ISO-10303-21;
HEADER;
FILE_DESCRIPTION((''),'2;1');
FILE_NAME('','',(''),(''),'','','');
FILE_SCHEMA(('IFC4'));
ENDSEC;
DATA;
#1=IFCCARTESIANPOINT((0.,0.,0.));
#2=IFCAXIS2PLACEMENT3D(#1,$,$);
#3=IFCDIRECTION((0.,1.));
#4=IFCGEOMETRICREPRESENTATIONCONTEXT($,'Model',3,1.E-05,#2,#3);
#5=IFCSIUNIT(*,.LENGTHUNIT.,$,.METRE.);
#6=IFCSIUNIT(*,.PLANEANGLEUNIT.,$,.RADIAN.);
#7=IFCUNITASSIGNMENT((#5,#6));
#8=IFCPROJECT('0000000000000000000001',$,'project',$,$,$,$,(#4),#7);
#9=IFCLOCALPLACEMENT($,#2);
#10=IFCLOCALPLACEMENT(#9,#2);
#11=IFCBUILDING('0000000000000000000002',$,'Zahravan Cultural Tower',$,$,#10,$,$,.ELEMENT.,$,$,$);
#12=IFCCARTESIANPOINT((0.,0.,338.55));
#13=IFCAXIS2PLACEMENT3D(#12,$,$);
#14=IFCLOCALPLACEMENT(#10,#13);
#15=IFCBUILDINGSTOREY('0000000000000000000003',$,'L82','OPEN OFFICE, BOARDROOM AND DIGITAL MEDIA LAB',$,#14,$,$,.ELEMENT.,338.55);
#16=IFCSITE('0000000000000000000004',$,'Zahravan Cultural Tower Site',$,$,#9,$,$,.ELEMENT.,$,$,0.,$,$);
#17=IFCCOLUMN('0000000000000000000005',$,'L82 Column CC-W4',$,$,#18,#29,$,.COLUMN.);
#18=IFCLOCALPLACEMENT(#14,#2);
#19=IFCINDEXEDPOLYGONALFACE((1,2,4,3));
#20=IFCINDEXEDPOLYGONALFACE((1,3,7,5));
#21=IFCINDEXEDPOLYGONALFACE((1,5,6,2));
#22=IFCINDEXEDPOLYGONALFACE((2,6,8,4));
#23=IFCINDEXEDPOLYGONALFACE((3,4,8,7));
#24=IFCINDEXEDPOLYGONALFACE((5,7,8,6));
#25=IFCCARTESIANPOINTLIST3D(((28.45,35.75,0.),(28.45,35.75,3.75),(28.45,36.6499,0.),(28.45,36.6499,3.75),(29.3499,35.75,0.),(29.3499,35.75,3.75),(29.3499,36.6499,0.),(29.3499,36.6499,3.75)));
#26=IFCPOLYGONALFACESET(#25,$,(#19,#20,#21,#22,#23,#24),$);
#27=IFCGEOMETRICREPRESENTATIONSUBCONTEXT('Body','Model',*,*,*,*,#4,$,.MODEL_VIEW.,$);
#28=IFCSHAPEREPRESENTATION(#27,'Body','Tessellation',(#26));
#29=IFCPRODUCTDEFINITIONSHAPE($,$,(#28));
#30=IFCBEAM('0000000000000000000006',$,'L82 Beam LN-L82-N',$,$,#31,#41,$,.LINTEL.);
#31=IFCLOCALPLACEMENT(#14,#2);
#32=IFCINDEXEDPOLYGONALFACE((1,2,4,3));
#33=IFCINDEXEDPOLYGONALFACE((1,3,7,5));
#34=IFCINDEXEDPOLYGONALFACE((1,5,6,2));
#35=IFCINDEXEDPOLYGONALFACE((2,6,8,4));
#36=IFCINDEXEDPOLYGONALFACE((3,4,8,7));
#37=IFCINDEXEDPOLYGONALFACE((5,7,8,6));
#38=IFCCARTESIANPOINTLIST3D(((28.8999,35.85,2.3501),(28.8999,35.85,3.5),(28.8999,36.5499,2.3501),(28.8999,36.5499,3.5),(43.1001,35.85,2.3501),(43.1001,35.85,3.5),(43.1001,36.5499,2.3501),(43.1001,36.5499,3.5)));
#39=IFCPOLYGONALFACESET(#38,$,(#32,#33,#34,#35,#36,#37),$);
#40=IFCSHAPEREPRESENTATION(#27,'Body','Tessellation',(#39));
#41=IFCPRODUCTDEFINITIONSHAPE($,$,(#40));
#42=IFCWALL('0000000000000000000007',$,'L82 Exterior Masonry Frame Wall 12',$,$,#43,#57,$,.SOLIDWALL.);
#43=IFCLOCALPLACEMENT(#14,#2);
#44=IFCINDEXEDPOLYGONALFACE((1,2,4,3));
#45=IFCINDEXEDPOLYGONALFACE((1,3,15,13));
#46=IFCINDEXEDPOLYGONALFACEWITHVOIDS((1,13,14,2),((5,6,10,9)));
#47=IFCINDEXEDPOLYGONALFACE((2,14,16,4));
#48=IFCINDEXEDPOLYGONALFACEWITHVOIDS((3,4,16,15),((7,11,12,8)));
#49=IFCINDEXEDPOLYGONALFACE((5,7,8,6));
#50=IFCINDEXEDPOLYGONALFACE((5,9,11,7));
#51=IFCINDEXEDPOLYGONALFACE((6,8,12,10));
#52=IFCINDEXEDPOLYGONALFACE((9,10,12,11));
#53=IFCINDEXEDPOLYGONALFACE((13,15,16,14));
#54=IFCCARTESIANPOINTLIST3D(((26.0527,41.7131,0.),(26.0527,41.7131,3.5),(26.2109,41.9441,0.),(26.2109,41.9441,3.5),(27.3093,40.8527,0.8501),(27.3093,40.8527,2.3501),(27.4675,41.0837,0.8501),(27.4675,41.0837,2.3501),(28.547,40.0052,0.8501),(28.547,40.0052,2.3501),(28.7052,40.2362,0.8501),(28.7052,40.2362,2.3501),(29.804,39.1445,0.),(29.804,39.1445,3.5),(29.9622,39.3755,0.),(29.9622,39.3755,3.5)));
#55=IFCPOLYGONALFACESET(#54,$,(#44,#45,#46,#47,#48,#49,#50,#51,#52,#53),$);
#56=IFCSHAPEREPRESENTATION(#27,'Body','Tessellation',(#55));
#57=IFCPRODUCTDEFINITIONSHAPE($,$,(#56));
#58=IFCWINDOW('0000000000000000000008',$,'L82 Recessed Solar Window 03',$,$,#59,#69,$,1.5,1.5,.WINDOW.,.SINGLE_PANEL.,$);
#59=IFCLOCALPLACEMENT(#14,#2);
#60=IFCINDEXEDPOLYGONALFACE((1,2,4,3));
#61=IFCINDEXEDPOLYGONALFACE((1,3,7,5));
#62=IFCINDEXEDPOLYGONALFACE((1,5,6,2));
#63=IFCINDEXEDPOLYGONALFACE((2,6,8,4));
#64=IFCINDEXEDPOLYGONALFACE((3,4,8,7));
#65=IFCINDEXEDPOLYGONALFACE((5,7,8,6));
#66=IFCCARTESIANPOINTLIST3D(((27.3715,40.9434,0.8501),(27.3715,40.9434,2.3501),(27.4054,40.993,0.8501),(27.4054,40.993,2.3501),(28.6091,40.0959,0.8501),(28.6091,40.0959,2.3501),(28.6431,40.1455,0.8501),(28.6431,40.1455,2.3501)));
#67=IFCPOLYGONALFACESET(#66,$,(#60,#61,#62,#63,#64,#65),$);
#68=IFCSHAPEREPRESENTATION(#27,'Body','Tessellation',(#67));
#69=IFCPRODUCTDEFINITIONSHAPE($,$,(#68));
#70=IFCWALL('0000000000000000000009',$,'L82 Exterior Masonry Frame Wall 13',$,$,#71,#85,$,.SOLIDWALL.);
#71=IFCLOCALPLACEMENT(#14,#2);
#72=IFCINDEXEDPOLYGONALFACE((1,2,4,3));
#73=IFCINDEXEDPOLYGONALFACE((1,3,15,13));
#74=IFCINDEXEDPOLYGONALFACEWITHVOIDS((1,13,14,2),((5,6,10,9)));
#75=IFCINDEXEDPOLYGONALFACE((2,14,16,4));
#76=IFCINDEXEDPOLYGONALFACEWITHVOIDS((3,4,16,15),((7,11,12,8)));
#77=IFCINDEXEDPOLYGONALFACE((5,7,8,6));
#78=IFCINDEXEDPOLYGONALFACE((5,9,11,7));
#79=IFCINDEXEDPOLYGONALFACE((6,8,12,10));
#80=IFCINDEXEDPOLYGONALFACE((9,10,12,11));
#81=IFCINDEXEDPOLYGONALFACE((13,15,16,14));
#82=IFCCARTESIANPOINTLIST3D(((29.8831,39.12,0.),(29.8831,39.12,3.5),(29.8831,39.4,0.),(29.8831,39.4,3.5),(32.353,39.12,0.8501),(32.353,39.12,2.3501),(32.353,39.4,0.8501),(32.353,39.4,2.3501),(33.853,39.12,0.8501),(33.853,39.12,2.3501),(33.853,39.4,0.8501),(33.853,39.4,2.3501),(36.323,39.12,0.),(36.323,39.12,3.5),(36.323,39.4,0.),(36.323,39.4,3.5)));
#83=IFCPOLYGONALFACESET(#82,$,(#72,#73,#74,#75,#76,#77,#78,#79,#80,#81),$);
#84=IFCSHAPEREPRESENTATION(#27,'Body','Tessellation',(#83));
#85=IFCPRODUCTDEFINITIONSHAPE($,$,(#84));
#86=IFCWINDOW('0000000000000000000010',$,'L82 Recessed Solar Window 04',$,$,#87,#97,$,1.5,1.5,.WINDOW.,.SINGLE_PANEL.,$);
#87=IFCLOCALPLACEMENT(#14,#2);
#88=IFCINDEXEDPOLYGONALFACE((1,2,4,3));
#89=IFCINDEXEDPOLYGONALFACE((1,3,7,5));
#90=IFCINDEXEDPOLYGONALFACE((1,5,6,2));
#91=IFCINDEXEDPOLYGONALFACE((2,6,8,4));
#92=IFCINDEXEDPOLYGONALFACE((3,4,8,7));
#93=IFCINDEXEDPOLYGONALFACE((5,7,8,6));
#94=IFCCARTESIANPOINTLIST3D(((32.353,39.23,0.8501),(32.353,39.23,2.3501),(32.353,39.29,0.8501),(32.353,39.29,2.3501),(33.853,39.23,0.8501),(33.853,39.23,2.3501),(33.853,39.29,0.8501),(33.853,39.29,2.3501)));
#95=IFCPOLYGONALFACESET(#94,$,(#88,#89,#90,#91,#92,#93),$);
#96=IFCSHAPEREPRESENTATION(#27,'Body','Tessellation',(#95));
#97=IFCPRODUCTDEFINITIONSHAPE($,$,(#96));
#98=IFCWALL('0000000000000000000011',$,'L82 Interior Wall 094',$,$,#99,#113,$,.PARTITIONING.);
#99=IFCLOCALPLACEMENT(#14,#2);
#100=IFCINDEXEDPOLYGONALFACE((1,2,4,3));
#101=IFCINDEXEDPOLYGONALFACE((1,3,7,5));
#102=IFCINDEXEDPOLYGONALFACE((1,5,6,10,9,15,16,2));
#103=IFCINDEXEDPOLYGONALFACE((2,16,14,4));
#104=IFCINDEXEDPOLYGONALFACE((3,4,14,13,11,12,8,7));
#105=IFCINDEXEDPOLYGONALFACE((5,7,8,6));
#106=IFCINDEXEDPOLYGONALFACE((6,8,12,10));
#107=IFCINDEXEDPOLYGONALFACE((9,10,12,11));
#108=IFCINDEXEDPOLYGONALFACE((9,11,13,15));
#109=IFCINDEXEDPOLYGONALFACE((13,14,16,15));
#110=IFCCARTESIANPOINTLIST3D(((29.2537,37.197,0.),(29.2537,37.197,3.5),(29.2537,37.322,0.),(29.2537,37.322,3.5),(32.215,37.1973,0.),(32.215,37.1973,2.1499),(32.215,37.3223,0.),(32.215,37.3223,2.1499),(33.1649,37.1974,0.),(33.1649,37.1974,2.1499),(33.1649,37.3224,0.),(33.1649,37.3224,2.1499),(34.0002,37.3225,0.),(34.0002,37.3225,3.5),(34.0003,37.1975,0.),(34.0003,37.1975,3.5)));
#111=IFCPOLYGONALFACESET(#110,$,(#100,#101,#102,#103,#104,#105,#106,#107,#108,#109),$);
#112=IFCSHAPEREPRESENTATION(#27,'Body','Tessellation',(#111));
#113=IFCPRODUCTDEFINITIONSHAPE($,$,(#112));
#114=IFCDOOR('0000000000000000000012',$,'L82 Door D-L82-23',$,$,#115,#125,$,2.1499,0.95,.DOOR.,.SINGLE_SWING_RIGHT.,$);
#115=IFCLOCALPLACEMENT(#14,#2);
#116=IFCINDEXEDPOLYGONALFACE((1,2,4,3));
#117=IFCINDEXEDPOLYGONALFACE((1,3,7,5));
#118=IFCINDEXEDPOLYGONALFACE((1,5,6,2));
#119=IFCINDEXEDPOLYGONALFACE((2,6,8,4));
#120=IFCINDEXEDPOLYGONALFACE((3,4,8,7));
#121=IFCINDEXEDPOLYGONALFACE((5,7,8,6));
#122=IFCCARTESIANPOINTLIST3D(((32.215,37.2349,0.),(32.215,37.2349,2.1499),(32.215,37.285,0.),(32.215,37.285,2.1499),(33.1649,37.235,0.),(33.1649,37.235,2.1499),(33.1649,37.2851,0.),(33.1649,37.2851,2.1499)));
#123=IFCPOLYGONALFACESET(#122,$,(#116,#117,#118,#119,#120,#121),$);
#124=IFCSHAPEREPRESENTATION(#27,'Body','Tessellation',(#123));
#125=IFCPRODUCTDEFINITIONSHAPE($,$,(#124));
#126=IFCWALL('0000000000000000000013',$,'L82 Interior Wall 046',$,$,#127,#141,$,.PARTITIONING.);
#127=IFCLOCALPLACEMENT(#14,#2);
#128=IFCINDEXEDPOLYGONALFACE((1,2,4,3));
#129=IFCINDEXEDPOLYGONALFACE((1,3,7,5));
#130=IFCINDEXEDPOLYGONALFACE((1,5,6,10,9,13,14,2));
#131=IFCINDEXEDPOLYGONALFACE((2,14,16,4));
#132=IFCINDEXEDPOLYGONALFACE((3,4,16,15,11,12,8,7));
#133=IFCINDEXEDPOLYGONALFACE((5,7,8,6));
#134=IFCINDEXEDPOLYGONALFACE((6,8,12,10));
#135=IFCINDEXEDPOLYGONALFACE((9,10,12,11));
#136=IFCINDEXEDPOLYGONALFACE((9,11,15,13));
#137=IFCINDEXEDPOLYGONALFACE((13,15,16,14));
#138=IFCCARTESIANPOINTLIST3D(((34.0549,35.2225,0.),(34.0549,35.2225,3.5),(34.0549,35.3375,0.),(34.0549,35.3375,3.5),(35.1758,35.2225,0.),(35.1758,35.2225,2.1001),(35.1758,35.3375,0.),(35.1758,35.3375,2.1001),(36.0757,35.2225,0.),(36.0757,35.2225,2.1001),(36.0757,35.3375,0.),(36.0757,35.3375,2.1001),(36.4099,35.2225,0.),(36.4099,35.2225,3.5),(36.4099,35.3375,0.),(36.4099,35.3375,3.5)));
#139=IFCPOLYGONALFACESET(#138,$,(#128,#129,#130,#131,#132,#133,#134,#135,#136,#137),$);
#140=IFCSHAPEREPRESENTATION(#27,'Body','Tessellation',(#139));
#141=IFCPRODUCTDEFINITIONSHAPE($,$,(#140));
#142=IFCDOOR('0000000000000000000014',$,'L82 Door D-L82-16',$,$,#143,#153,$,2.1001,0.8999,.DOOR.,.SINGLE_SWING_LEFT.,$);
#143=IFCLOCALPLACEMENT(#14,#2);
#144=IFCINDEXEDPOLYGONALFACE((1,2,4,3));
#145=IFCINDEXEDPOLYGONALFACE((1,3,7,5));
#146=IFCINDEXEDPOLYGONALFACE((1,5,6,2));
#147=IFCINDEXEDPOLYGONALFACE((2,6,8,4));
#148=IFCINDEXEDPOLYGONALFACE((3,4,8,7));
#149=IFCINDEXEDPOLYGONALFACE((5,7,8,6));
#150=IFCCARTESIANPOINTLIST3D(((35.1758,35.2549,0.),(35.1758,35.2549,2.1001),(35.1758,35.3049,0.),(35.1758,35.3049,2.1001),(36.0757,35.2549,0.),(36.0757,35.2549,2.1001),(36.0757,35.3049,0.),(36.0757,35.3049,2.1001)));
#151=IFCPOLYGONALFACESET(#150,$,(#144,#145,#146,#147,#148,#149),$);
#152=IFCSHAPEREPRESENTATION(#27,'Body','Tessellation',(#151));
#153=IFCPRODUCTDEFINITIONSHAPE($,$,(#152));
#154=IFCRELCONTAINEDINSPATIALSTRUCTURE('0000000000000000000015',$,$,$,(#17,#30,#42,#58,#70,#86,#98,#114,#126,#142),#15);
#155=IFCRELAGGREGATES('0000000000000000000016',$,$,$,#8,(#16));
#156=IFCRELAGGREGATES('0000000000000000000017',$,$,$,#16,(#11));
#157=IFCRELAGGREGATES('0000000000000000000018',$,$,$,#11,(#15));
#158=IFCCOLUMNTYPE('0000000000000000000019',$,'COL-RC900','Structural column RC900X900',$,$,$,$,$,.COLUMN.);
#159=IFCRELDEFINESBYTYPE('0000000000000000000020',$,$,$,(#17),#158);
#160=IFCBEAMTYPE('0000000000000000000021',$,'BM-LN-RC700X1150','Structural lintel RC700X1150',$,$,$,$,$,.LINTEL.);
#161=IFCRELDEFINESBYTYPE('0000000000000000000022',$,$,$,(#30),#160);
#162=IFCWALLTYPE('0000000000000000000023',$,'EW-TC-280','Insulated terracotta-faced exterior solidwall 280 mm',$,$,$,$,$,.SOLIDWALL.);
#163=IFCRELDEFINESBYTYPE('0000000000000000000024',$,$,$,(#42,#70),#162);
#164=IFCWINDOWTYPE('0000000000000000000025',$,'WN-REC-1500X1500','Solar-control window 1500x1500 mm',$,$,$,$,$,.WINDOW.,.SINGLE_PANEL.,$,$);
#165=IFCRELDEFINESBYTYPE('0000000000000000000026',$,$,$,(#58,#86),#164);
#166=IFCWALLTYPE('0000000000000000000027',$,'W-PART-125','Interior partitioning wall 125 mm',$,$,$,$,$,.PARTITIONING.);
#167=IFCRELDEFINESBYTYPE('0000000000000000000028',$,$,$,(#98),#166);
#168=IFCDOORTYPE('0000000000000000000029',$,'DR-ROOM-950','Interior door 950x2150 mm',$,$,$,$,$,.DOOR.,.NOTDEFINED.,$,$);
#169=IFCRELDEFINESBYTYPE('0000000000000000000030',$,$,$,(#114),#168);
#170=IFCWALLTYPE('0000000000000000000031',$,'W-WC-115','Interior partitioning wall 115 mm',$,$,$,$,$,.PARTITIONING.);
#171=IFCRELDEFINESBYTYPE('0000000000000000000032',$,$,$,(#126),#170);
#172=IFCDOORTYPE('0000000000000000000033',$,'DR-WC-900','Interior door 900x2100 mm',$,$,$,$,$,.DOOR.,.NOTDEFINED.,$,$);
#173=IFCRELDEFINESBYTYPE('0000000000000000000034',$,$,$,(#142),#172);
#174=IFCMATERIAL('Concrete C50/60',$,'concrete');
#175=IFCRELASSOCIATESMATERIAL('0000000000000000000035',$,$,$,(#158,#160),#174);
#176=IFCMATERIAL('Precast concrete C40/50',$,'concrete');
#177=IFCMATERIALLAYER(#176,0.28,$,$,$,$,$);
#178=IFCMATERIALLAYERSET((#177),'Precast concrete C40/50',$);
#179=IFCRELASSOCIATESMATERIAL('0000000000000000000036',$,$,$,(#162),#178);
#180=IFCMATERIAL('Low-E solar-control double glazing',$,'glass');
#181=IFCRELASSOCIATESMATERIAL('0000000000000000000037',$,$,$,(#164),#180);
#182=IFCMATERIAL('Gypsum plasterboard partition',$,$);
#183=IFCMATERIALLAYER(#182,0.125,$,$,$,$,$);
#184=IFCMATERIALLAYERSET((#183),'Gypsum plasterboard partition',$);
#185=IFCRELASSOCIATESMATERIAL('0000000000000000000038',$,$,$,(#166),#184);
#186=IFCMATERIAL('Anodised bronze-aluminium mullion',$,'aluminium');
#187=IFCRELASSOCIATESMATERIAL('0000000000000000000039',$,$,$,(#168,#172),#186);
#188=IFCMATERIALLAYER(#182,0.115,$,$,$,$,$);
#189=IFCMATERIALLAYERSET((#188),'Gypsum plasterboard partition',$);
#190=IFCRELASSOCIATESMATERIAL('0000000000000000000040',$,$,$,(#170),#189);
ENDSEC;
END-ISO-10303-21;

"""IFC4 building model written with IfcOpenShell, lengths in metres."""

from ifc_helpers import new_model, si_unit, direction, frame, frame_2d, origin, origin_2d, place, context, subcontext, project, spatial, rectangle, extrude, source, transform, mapped, material, layer, layer_set, material_profile, profile_set, type_object, element, fill, save


model = new_model("IFC4")

# Units and contexts
model_context = context("Model", 3, precision=1e-05, world=origin(), true_north=direction((0.0, 1.0)))
body_context = subcontext(model_context, "Body", "Model", "MODEL_VIEW")
ifc_project = project(units=[si_unit("LENGTHUNIT", "METRE"), si_unit("PLANEANGLEUNIT", "RADIAN")], contexts=[model_context])

# Site, building, storey
site_placement = place(None, origin())
site = spatial("IfcSite", under=ifc_project, at=site_placement, Name="Zahravan Cultural Tower Site", CompositionType="ELEMENT", RefElevation=0.0)
building_placement = place(site_placement, origin())
building = spatial("IfcBuilding", under=site, at=building_placement, Name="Zahravan Cultural Tower", CompositionType="ELEMENT")
storey_placement = place(building_placement, frame((0.0, 0.0, 338.55)))
storey = spatial("IfcBuildingStorey", under=building, at=storey_placement, Name="L82", Description="OPEN OFFICE, BOARDROOM AND DIGITAL MEDIA LAB", CompositionType="ELEMENT", Elevation=338.55)

# Column
ifc_material_1 = material(Name="Concrete C50/60", Category="concrete")
ifc_material_profile_1 = material_profile(ifc_material_1, rectangle(XDim=0.8999, YDim=0.8999, at=origin_2d()), Name="RC900X900")
ifc_profile_set_1 = profile_set([ifc_material_profile_1], Name="Concrete C50/60")
column_type = type_object("IfcColumnType", Name="COL-RC900", Description="Structural column RC900X900", PredefinedType="COLUMN", material=ifc_profile_set_1)
shared_shape_1 = source(origin(), body_context, "Body", "SweptSolid", [
    extrude(rectangle(XDim=0.8999, YDim=0.8999, at=origin_2d()), origin(), (0.0, 0.0, 1.0), 3.75),
])
column_placement = place(storey_placement, frame((28.8999, 36.2, 0.0), z_axis=(0.0, 0.0, 1.0), x_axis=(1.0, 0.0, 0.0)))
element("IfcColumn", 1, at=column_placement, inside=storey, type_object=column_type, Name="L82 Column CC-W4", PredefinedType="COLUMN", context=body_context, shape_type="MappedRepresentation", body=[
    mapped(shared_shape_1, transform((0.0, 0.0, 0.0), x_axis=(1.0, 0.0, 0.0), y_axis=(0.0, 1.0, 0.0), z_axis=(0.0, 0.0, 1.0), scale=1.0)),
])

# Beam
ifc_material_profile_2 = material_profile(ifc_material_1, rectangle(XDim=0.7, YDim=1.1499, at=origin_2d()), Name="RC700X1150")
ifc_profile_set_2 = profile_set([ifc_material_profile_2], Name="Concrete C50/60")
beam_type = type_object("IfcBeamType", Name="BM-LN-RC700X1150", Description="Structural lintel RC700X1150", PredefinedType="LINTEL", material=ifc_profile_set_2)
shared_shape_2 = source(origin(), body_context, "Body", "SweptSolid", [
    extrude(rectangle(XDim=0.7, YDim=1.1499, at=origin_2d()), origin(), (0.0, 0.0, 1.0), 14.2002),
])
beam_placement = place(storey_placement, frame((28.8999, 36.2, 2.925), z_axis=(1.0, 0.0, 0.0), x_axis=(0.0, 1.0, 0.0)))
element("IfcBeam", 2, at=beam_placement, inside=storey, type_object=beam_type, Name="L82 Beam LN-L82-N", PredefinedType="LINTEL", context=body_context, shape_type="MappedRepresentation", body=[
    mapped(shared_shape_2, transform((0.0, 0.0, 0.0), x_axis=(1.0, 0.0, 0.0), y_axis=(0.0, 1.0, 0.0), z_axis=(0.0, 0.0, 1.0), scale=1.0)),
])

# Walls, openings, windows
ifc_material_2 = material(Name="Precast concrete C40/50", Category="concrete")
ifc_layer_1 = layer(ifc_material_2, 0.28)
ifc_layer_set_1 = layer_set([ifc_layer_1], Name="Precast concrete C40/50")
wall_type_1 = type_object("IfcWallType", Name="EW-TC-280", Description="Insulated terracotta-faced exterior solidwall 280 mm", PredefinedType="SOLIDWALL", material=ifc_layer_set_1)
wall_1_placement = place(storey_placement, frame((26.1318, 41.8286, 0.0), z_axis=(0.0, 0.0, 1.0), x_axis=(0.825104, -0.56498, 0.0)))
wall_1 = element("IfcWall", 3, at=wall_1_placement, inside=storey, type_object=wall_type_1, Name="L82 Exterior Masonry Frame Wall 12", PredefinedType="SOLIDWALL", context=body_context, shape_type="SweptSolid", body=[
    extrude(rectangle(XDim=4.5464, YDim=0.28, at=frame_2d((2.2732, 0.0))), origin(), (0.0, 0.0, 1.0), 3.5),
])
opening_1_placement = place(wall_1_placement, frame((1.5229, 0.0, 0.8501)))
opening_1 = element("IfcOpeningElement", 4, at=opening_1_placement, cuts=wall_1, PredefinedType="OPENING", context=body_context, shape_type="SweptSolid", body=[
    extrude(rectangle(XDim=1.5, YDim=1.5, at=frame_2d((0.75, 0.75))), frame((0.0, 0.1499, 0.0), z_axis=(0.0, -1.0, 0.0), x_axis=(1.0, 0.0, 0.0)), (0.0, 0.0, 1.0), 0.3),
])
ifc_material_3 = material(Name="Low-E solar-control double glazing", Category="glass")
window_type = type_object("IfcWindowType", Name="WN-REC-1500X1500", Description="Solar-control window 1500x1500 mm", PartitioningType="SINGLE_PANEL", PredefinedType="WINDOW", material=ifc_material_3)
shared_shape_3 = source(origin(), body_context, "Body", "SweptSolid", [
    extrude(rectangle(XDim=1.5, YDim=1.5, at=frame_2d((0.75, 0.75))), frame((0.0, 0.03, 0.0), z_axis=(0.0, -1.0, 0.0), x_axis=(1.0, 0.0, 0.0)), (0.0, 0.0, 1.0), 0.0601),
])
window_1_placement = place(opening_1_placement, origin())
window_1 = element("IfcWindow", 5, at=window_1_placement, inside=storey, type_object=window_type, Name="L82 Recessed Solar Window 03", OverallHeight=1.5, OverallWidth=1.5, PartitioningType="SINGLE_PANEL", PredefinedType="WINDOW", context=body_context, shape_type="MappedRepresentation", body=[
    mapped(shared_shape_3, transform((0.0, 0.0, 0.0), x_axis=(1.0, 0.0, 0.0), y_axis=(0.0, 1.0, 0.0), z_axis=(0.0, 0.0, 1.0), scale=1.0)),
])
fill(opening_1, window_1)
wall_2_placement = place(storey_placement, frame((29.8831, 39.26, 0.0), z_axis=(0.0, 0.0, 1.0), x_axis=(1.0, 0.0, 0.0)))
wall_2 = element("IfcWall", 6, at=wall_2_placement, inside=storey, type_object=wall_type_1, Name="L82 Exterior Masonry Frame Wall 13", PredefinedType="SOLIDWALL", context=body_context, shape_type="SweptSolid", body=[
    extrude(rectangle(XDim=6.4399, YDim=0.28, at=frame_2d((3.22, 0.0))), origin(), (0.0, 0.0, 1.0), 3.5),
])
opening_2_placement = place(wall_2_placement, frame((2.47, 0.0, 0.8501)))
opening_2 = element("IfcOpeningElement", 7, at=opening_2_placement, cuts=wall_2, PredefinedType="OPENING", context=body_context, shape_type="SweptSolid", body=[
    extrude(rectangle(XDim=1.5, YDim=1.5, at=frame_2d((0.75, 0.75))), frame((0.0, 0.1499, 0.0), z_axis=(0.0, -1.0, 0.0), x_axis=(1.0, 0.0, 0.0)), (0.0, 0.0, 1.0), 0.3),
])
window_2_placement = place(opening_2_placement, origin())
window_2 = element("IfcWindow", 8, at=window_2_placement, inside=storey, type_object=window_type, Name="L82 Recessed Solar Window 04", OverallHeight=1.5, OverallWidth=1.5, PartitioningType="SINGLE_PANEL", PredefinedType="WINDOW", context=body_context, shape_type="MappedRepresentation", body=[
    mapped(shared_shape_3, transform((0.0, 0.0, 0.0), x_axis=(1.0, 0.0, 0.0), y_axis=(0.0, 1.0, 0.0), z_axis=(0.0, 0.0, 1.0), scale=1.0)),
])
fill(opening_2, window_2)

# Walls, openings, doors
ifc_material_4 = material(Name="Gypsum plasterboard partition")
ifc_layer_2 = layer(ifc_material_4, 0.125)
ifc_layer_set_2 = layer_set([ifc_layer_2], Name="Gypsum plasterboard partition")
wall_type_2 = type_object("IfcWallType", Name="W-PART-125", Description="Interior partitioning wall 125 mm", PredefinedType="PARTITIONING", material=ifc_layer_set_2)
wall_3_placement = place(storey_placement, frame((34.0002, 37.26, 0.0), z_axis=(0.0, 0.0, 1.0), x_axis=(-1.0, -0.000103, 0.0)))
wall_3 = element("IfcWall", 9, at=wall_3_placement, inside=storey, type_object=wall_type_2, Name="L82 Interior Wall 094", PredefinedType="PARTITIONING", context=body_context, shape_type="SweptSolid", body=[
    extrude(rectangle(XDim=4.7466, YDim=0.125, at=frame_2d((2.3733, 0.0))), origin(), (0.0, 0.0, 1.0), 3.5),
])
opening_3_placement = place(wall_3_placement, frame((0.8352, 0.0, 0.0)))
opening_3 = element("IfcOpeningElement", 10, at=opening_3_placement, cuts=wall_3, PredefinedType="OPENING", context=body_context, shape_type="SweptSolid", body=[
    extrude(rectangle(XDim=0.95, YDim=2.1499, at=frame_2d((0.4751, 1.075))), frame((0.0, 0.0725, 0.0), z_axis=(0.0, -1.0, 0.0), x_axis=(1.0, 0.0, 0.0)), (0.0, 0.0, 1.0), 0.145),
])
ifc_material_5 = material(Name="Anodised bronze-aluminium mullion", Category="aluminium")
door_type_1 = type_object("IfcDoorType", Name="DR-ROOM-950", Description="Interior door 950x2150 mm", OperationType="NOTDEFINED", PredefinedType="DOOR", material=ifc_material_5)
shared_shape_4 = source(origin(), body_context, "Body", "SweptSolid", [
    extrude(rectangle(XDim=0.95, YDim=2.1499, at=frame_2d((0.4751, 1.075))), frame((0.0, 0.0249, 0.0), z_axis=(0.0, -1.0, 0.0), x_axis=(1.0, 0.0, 0.0)), (0.0, 0.0, 1.0), 0.05),
])
door_1_placement = place(opening_3_placement, origin())
door_1 = element("IfcDoor", 11, at=door_1_placement, inside=storey, type_object=door_type_1, Name="L82 Door D-L82-23", OperationType="SINGLE_SWING_RIGHT", OverallHeight=2.1499, OverallWidth=0.95, PredefinedType="DOOR", context=body_context, shape_type="MappedRepresentation", body=[
    mapped(shared_shape_4, transform((0.0, 0.0, 0.0), x_axis=(1.0, 0.0, 0.0), y_axis=(0.0, 1.0, 0.0), z_axis=(0.0, 0.0, 1.0), scale=1.0)),
])
fill(opening_3, door_1)
ifc_layer_3 = layer(ifc_material_4, 0.115)
ifc_layer_set_3 = layer_set([ifc_layer_3], Name="Gypsum plasterboard partition")
wall_type_3 = type_object("IfcWallType", Name="W-WC-115", Description="Interior partitioning wall 115 mm", PredefinedType="PARTITIONING", material=ifc_layer_set_3)
wall_4_placement = place(storey_placement, frame((34.0549, 35.28, 0.0), z_axis=(0.0, 0.0, 1.0), x_axis=(1.0, 0.0, 0.0)))
wall_4 = element("IfcWall", 12, at=wall_4_placement, inside=storey, type_object=wall_type_3, Name="L82 Interior Wall 046", PredefinedType="PARTITIONING", context=body_context, shape_type="SweptSolid", body=[
    extrude(rectangle(XDim=2.355, YDim=0.115, at=frame_2d((1.1775, 0.0))), origin(), (0.0, 0.0, 1.0), 3.5),
])
opening_4_placement = place(wall_4_placement, frame((1.1208, 0.0, 0.0)))
opening_4 = element("IfcOpeningElement", 13, at=opening_4_placement, cuts=wall_4, PredefinedType="OPENING", context=body_context, shape_type="SweptSolid", body=[
    extrude(rectangle(XDim=0.8999, YDim=2.1001, at=frame_2d((0.45, 1.05))), frame((0.0, 0.0674, 0.0), z_axis=(0.0, -1.0, 0.0), x_axis=(1.0, 0.0, 0.0)), (0.0, 0.0, 1.0), 0.135),
])
door_type_2 = type_object("IfcDoorType", Name="DR-WC-900", Description="Interior door 900x2100 mm", OperationType="NOTDEFINED", PredefinedType="DOOR", material=ifc_material_5)
shared_shape_5 = source(origin(), body_context, "Body", "SweptSolid", [
    extrude(rectangle(XDim=0.8999, YDim=2.1001, at=frame_2d((0.45, 1.05))), frame((0.0, 0.0249, 0.0), z_axis=(0.0, -1.0, 0.0), x_axis=(1.0, 0.0, 0.0)), (0.0, 0.0, 1.0), 0.05),
])
door_2_placement = place(opening_4_placement, origin())
door_2 = element("IfcDoor", 14, at=door_2_placement, inside=storey, type_object=door_type_2, Name="L82 Door D-L82-16", OperationType="SINGLE_SWING_LEFT", OverallHeight=2.1001, OverallWidth=0.8999, PredefinedType="DOOR", context=body_context, shape_type="MappedRepresentation", body=[
    mapped(shared_shape_5, transform((0.0, 0.0, 0.0), x_axis=(1.0, 0.0, 0.0), y_axis=(0.0, 1.0, 0.0), z_axis=(0.0, 0.0, 1.0), scale=1.0)),
])
fill(opening_4, door_2)

save(model, "model.ifc")
